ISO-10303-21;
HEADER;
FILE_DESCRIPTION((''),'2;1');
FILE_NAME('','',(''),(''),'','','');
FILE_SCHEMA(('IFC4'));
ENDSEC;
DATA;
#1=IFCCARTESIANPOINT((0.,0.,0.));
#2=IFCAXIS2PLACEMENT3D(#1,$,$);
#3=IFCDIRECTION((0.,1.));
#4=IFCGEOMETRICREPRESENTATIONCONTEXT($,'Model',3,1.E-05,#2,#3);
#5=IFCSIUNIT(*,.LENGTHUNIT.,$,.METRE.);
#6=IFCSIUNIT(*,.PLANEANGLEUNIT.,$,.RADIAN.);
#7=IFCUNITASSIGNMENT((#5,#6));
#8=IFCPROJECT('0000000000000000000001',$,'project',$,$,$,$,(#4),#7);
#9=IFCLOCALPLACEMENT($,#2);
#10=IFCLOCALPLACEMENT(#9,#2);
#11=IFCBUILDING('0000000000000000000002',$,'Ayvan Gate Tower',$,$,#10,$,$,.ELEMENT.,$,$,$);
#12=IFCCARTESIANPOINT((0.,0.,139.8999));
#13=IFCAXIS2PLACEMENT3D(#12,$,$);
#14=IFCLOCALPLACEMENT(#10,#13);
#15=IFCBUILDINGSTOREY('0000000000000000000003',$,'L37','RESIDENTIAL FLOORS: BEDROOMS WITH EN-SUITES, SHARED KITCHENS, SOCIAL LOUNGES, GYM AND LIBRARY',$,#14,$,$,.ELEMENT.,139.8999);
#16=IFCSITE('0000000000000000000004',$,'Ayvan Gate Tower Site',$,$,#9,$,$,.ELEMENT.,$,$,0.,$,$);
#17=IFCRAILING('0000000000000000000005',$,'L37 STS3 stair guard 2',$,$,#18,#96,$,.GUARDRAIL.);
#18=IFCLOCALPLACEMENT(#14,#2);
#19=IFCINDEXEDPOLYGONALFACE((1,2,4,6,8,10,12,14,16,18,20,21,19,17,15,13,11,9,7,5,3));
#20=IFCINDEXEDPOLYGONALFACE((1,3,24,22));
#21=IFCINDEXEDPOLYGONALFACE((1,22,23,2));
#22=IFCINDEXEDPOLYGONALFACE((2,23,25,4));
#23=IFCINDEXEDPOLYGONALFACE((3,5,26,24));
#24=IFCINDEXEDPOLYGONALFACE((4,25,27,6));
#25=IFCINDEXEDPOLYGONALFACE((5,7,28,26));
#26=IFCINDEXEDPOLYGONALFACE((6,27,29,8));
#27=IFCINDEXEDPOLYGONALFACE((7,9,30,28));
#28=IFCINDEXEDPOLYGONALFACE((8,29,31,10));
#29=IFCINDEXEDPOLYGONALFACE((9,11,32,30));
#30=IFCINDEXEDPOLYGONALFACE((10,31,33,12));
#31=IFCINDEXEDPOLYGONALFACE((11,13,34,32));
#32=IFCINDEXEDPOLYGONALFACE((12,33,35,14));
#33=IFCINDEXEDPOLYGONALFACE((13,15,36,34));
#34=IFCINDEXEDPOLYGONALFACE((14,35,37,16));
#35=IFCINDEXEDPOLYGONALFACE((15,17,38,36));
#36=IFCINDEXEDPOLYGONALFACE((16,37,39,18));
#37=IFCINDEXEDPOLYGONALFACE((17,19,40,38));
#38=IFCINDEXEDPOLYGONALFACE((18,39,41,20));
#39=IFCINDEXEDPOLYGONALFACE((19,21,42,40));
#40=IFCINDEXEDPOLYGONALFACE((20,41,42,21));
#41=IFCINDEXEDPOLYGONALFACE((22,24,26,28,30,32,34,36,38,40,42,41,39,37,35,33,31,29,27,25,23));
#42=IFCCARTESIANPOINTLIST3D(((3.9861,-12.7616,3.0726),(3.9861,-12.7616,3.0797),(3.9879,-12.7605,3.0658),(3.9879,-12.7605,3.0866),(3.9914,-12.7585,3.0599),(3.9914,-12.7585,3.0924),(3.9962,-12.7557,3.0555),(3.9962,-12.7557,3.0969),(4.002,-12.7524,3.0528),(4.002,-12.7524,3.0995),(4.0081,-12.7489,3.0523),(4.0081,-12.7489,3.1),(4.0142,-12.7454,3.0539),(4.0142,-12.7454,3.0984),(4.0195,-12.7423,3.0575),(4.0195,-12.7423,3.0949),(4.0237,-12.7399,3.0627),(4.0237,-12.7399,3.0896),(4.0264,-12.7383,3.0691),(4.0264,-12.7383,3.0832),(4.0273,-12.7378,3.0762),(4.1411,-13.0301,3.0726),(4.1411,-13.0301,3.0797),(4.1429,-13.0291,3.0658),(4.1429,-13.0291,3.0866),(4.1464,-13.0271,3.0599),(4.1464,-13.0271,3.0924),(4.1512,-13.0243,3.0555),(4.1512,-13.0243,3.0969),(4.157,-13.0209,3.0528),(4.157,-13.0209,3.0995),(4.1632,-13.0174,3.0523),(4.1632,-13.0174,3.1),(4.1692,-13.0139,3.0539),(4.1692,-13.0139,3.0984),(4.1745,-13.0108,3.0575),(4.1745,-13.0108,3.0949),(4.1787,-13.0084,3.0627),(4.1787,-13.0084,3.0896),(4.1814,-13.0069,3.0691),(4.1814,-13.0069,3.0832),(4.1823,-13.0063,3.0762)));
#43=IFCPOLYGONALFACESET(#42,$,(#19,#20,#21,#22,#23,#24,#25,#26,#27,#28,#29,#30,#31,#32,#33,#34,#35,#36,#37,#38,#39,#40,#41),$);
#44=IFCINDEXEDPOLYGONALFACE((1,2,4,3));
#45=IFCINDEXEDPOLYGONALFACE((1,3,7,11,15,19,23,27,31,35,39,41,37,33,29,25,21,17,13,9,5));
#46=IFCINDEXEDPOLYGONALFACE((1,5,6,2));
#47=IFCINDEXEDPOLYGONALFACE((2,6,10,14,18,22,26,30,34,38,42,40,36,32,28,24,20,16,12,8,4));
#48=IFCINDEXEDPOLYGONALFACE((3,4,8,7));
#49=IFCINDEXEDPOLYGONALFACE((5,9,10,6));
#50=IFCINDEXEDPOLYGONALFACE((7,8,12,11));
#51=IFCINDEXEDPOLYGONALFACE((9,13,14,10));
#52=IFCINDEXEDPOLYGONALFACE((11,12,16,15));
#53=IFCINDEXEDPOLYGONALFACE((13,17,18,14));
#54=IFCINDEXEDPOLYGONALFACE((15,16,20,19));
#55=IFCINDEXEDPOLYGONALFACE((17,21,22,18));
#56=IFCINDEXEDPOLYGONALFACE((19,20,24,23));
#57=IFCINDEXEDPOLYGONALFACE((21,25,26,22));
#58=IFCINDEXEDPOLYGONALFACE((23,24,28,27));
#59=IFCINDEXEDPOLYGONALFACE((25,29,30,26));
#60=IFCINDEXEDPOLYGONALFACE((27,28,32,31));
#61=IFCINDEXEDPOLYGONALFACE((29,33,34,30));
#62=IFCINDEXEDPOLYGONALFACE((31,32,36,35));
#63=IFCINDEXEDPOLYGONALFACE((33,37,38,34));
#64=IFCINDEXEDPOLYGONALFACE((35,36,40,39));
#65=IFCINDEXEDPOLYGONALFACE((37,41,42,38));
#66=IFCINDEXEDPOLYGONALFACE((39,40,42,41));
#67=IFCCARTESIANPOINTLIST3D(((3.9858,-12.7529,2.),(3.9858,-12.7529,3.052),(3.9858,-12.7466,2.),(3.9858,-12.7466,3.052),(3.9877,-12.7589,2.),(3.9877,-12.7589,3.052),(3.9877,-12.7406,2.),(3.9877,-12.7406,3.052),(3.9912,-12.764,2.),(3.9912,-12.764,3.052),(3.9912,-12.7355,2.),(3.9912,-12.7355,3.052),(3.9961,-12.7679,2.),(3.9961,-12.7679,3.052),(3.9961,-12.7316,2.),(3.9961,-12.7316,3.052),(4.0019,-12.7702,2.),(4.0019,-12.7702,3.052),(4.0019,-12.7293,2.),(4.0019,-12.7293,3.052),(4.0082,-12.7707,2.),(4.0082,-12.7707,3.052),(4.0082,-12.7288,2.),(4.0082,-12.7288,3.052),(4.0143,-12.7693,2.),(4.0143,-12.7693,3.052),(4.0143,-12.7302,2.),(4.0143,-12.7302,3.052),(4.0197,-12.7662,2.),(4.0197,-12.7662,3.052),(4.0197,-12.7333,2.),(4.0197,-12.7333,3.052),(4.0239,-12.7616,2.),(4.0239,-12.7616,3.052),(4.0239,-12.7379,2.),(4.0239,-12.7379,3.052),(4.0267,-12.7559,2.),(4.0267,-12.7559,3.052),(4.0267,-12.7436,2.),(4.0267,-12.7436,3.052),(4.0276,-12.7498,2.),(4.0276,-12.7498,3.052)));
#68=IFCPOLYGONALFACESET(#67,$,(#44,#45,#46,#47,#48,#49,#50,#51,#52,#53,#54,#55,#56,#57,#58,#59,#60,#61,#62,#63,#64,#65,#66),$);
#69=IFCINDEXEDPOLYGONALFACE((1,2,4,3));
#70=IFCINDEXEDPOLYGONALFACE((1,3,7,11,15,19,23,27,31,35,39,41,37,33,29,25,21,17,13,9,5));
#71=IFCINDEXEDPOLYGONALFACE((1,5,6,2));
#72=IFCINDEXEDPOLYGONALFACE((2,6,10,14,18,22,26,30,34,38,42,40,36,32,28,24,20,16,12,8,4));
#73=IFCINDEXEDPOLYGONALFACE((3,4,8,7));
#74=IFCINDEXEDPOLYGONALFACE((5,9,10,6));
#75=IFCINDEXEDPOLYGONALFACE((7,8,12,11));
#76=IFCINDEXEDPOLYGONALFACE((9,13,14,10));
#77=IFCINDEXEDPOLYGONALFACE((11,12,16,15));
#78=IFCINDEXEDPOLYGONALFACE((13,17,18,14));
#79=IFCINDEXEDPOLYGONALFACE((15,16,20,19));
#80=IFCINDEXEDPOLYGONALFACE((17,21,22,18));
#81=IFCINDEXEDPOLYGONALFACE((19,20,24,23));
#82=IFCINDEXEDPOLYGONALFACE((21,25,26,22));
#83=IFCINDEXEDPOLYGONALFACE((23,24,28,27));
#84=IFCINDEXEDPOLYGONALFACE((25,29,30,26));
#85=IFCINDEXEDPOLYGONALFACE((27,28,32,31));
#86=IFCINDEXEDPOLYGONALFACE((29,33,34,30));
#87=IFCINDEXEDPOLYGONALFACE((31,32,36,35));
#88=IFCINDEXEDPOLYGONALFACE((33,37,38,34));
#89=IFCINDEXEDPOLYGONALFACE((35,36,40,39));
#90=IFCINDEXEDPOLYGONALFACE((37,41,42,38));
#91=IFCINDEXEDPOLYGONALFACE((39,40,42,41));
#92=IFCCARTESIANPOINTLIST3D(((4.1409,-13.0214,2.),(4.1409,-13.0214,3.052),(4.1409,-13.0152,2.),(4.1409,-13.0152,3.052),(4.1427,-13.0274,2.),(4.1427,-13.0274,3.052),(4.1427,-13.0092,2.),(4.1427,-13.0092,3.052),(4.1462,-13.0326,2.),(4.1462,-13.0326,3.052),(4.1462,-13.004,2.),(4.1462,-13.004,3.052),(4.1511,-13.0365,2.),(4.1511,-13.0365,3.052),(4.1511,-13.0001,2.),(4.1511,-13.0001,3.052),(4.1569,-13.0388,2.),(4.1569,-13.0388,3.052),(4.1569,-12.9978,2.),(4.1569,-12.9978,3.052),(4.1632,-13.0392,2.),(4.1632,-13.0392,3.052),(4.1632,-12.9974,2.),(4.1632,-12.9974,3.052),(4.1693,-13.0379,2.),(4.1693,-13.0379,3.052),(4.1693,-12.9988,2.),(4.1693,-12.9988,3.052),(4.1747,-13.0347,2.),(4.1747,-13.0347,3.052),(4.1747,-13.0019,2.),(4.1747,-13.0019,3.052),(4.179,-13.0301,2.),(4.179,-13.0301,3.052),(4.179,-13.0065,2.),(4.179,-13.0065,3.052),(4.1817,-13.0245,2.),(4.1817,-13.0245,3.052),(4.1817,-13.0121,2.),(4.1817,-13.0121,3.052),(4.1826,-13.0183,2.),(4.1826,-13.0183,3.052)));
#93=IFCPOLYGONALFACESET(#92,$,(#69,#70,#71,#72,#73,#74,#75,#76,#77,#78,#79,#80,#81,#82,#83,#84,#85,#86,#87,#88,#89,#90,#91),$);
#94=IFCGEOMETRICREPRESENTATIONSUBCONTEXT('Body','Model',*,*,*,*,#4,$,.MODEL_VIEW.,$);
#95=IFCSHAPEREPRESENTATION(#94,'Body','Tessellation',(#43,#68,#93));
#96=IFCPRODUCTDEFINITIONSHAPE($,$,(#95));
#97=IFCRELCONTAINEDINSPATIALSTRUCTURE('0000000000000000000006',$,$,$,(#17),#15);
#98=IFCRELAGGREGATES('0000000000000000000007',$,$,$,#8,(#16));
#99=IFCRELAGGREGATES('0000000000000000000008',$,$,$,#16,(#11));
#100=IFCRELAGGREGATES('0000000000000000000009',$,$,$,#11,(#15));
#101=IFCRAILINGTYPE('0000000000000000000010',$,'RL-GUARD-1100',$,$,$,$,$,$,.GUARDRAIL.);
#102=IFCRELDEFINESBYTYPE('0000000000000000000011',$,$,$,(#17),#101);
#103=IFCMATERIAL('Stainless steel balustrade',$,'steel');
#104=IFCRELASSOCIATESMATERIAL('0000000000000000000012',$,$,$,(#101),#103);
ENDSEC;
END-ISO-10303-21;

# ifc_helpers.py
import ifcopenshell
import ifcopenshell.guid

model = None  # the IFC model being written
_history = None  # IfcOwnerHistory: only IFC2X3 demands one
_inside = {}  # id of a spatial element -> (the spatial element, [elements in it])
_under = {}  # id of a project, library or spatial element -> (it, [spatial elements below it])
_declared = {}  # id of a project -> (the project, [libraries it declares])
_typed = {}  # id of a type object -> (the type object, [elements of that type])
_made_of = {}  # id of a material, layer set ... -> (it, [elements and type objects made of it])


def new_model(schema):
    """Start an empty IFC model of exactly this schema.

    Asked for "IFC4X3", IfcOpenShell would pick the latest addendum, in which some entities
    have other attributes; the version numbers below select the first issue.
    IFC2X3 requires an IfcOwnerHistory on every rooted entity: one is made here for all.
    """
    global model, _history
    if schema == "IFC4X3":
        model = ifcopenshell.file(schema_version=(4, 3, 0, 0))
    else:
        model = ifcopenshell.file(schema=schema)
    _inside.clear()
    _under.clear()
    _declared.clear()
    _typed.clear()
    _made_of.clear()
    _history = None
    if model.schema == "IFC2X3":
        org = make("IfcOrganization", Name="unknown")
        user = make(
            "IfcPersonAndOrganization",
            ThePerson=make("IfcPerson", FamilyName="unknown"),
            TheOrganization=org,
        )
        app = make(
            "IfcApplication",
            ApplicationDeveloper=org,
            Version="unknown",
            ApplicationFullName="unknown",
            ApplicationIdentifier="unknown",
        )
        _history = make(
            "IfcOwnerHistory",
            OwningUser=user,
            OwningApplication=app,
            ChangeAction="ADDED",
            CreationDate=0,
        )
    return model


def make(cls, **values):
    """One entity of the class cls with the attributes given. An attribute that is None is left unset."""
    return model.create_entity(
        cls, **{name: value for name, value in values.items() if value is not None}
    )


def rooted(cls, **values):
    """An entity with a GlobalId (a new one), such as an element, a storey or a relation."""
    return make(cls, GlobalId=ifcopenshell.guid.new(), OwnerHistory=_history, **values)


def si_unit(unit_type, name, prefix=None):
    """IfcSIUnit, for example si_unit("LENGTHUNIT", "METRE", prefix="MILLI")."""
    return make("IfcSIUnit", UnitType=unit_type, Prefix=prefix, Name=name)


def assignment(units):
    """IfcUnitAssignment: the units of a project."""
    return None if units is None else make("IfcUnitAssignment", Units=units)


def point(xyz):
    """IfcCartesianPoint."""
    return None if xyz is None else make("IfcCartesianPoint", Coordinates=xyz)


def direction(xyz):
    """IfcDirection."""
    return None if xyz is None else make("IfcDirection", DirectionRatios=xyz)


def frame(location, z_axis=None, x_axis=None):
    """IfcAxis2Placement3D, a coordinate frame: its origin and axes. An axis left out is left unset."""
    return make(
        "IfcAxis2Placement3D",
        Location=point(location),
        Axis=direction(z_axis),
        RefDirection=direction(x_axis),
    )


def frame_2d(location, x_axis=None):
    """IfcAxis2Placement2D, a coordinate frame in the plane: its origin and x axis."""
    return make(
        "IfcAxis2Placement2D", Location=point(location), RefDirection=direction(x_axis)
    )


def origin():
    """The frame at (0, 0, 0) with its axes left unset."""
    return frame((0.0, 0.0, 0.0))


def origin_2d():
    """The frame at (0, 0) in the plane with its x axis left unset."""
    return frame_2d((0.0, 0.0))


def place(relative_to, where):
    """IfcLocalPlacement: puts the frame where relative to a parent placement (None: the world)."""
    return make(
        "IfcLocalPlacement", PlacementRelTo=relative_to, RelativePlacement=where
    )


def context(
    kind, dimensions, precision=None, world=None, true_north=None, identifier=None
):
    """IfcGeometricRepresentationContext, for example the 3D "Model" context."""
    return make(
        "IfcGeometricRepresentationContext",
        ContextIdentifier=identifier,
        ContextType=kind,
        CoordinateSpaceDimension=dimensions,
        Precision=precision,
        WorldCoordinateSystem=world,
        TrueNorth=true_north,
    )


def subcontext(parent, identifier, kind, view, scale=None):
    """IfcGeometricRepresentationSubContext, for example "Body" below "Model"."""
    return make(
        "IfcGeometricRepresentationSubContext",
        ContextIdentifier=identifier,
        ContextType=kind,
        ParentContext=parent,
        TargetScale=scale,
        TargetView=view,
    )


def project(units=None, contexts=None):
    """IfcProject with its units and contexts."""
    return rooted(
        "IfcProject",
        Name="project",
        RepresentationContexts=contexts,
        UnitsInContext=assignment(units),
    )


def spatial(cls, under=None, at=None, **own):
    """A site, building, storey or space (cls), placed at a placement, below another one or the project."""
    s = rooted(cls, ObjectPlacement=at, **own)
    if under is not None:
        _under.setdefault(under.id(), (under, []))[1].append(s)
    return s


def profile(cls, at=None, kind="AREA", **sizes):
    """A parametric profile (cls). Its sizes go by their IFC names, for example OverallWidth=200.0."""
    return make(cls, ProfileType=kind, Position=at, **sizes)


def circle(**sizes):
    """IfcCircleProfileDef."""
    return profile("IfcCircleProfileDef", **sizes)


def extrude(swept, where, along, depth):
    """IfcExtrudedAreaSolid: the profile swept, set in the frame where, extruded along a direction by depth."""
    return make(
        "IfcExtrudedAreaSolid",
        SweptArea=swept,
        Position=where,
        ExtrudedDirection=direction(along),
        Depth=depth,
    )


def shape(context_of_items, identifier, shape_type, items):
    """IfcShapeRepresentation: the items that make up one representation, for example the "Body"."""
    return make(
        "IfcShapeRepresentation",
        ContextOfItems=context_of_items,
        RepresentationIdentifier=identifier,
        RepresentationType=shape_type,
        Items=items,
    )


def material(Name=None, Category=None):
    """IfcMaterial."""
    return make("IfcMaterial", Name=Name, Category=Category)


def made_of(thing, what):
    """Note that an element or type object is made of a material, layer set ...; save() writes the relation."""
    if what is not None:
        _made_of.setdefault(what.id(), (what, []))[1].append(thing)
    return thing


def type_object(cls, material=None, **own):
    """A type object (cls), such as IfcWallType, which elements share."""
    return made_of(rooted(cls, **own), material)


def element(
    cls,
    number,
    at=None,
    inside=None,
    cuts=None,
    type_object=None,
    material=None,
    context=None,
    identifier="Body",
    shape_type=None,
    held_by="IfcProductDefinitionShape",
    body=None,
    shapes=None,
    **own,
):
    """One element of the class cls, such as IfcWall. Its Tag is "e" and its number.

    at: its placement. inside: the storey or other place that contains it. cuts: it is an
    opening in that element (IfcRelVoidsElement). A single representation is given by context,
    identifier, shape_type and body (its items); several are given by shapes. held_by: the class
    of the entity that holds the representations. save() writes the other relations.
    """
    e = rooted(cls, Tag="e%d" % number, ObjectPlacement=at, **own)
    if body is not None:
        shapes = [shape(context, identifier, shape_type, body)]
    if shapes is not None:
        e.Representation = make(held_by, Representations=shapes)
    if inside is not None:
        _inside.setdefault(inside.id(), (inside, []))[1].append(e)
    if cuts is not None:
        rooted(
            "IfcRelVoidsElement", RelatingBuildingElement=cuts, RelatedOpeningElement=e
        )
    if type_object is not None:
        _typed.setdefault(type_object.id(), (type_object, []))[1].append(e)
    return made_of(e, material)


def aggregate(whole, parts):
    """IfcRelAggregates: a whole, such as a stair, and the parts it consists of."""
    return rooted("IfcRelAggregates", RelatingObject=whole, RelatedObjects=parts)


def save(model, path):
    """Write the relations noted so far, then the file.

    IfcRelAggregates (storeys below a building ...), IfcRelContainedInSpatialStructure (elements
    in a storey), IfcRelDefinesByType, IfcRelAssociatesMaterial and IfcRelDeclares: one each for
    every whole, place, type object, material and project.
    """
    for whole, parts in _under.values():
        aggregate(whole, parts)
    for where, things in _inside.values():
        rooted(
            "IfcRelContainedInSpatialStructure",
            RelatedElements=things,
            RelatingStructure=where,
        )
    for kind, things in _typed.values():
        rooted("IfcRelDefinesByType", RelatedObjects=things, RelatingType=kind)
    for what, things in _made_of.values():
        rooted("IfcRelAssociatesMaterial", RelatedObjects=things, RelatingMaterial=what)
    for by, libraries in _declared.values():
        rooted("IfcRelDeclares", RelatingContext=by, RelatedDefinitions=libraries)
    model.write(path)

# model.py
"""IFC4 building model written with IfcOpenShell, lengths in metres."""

from ifc_helpers import new_model, si_unit, direction, frame, origin, origin_2d, place, context, subcontext, project, spatial, circle, extrude, material, type_object, element, save


model = new_model("IFC4")

# Units and contexts
model_context = context("Model", 3, precision=1e-05, world=origin(), true_north=direction((0.0, 1.0)))
body_context = subcontext(model_context, "Body", "Model", "MODEL_VIEW")
ifc_project = project(units=[si_unit("LENGTHUNIT", "METRE"), si_unit("PLANEANGLEUNIT", "RADIAN")], contexts=[model_context])

# Site, building, storey
site_placement = place(None, origin())
site = spatial("IfcSite", under=ifc_project, at=site_placement, Name="Ayvan Gate Tower Site", CompositionType="ELEMENT", RefElevation=0.0)
building_placement = place(site_placement, origin())
building = spatial("IfcBuilding", under=site, at=building_placement, Name="Ayvan Gate Tower", CompositionType="ELEMENT")
storey_placement = place(building_placement, frame((0.0, 0.0, 139.8999)))
storey = spatial("IfcBuildingStorey", under=building, at=storey_placement, Name="L37", Description="RESIDENTIAL FLOORS: BEDROOMS WITH EN-SUITES, SHARED KITCHENS, SOCIAL LOUNGES, GYM AND LIBRARY", CompositionType="ELEMENT", Elevation=139.8999)

# Railing
ifc_material_1 = material(Name="Stainless steel balustrade", Category="steel")
railing_type_1 = type_object("IfcRailingType", Name="RL-GUARD-1100", PredefinedType="GUARDRAIL", material=ifc_material_1)
railing_1_placement = place(storey_placement, frame((4.0066, -12.7498, 2.0)))
element("IfcRailing", 1, at=railing_1_placement, inside=storey, type_object=railing_type_1, Name="L37 STS3 stair guard 2", PredefinedType="GUARDRAIL", context=body_context, shape_type="SweptSolid", body=[
    extrude(circle(Radius=0.0239, at=origin_2d()), frame((0.0, 0.0, 1.0762), z_axis=(0.49995, -0.866054, 0.0), x_axis=(0.866054, 0.49995, 0.0)), (0.0, 0.0, 1.0), 0.3101),
    extrude(circle(Radius=0.021, at=origin_2d()), origin(), (0.0, 0.0, 1.0), 1.052),
    extrude(circle(Radius=0.021, at=origin_2d()), frame((0.155, -0.2686, 0.0)), (0.0, 0.0, 1.0), 1.052),
])

save(model, "model.ifc")
